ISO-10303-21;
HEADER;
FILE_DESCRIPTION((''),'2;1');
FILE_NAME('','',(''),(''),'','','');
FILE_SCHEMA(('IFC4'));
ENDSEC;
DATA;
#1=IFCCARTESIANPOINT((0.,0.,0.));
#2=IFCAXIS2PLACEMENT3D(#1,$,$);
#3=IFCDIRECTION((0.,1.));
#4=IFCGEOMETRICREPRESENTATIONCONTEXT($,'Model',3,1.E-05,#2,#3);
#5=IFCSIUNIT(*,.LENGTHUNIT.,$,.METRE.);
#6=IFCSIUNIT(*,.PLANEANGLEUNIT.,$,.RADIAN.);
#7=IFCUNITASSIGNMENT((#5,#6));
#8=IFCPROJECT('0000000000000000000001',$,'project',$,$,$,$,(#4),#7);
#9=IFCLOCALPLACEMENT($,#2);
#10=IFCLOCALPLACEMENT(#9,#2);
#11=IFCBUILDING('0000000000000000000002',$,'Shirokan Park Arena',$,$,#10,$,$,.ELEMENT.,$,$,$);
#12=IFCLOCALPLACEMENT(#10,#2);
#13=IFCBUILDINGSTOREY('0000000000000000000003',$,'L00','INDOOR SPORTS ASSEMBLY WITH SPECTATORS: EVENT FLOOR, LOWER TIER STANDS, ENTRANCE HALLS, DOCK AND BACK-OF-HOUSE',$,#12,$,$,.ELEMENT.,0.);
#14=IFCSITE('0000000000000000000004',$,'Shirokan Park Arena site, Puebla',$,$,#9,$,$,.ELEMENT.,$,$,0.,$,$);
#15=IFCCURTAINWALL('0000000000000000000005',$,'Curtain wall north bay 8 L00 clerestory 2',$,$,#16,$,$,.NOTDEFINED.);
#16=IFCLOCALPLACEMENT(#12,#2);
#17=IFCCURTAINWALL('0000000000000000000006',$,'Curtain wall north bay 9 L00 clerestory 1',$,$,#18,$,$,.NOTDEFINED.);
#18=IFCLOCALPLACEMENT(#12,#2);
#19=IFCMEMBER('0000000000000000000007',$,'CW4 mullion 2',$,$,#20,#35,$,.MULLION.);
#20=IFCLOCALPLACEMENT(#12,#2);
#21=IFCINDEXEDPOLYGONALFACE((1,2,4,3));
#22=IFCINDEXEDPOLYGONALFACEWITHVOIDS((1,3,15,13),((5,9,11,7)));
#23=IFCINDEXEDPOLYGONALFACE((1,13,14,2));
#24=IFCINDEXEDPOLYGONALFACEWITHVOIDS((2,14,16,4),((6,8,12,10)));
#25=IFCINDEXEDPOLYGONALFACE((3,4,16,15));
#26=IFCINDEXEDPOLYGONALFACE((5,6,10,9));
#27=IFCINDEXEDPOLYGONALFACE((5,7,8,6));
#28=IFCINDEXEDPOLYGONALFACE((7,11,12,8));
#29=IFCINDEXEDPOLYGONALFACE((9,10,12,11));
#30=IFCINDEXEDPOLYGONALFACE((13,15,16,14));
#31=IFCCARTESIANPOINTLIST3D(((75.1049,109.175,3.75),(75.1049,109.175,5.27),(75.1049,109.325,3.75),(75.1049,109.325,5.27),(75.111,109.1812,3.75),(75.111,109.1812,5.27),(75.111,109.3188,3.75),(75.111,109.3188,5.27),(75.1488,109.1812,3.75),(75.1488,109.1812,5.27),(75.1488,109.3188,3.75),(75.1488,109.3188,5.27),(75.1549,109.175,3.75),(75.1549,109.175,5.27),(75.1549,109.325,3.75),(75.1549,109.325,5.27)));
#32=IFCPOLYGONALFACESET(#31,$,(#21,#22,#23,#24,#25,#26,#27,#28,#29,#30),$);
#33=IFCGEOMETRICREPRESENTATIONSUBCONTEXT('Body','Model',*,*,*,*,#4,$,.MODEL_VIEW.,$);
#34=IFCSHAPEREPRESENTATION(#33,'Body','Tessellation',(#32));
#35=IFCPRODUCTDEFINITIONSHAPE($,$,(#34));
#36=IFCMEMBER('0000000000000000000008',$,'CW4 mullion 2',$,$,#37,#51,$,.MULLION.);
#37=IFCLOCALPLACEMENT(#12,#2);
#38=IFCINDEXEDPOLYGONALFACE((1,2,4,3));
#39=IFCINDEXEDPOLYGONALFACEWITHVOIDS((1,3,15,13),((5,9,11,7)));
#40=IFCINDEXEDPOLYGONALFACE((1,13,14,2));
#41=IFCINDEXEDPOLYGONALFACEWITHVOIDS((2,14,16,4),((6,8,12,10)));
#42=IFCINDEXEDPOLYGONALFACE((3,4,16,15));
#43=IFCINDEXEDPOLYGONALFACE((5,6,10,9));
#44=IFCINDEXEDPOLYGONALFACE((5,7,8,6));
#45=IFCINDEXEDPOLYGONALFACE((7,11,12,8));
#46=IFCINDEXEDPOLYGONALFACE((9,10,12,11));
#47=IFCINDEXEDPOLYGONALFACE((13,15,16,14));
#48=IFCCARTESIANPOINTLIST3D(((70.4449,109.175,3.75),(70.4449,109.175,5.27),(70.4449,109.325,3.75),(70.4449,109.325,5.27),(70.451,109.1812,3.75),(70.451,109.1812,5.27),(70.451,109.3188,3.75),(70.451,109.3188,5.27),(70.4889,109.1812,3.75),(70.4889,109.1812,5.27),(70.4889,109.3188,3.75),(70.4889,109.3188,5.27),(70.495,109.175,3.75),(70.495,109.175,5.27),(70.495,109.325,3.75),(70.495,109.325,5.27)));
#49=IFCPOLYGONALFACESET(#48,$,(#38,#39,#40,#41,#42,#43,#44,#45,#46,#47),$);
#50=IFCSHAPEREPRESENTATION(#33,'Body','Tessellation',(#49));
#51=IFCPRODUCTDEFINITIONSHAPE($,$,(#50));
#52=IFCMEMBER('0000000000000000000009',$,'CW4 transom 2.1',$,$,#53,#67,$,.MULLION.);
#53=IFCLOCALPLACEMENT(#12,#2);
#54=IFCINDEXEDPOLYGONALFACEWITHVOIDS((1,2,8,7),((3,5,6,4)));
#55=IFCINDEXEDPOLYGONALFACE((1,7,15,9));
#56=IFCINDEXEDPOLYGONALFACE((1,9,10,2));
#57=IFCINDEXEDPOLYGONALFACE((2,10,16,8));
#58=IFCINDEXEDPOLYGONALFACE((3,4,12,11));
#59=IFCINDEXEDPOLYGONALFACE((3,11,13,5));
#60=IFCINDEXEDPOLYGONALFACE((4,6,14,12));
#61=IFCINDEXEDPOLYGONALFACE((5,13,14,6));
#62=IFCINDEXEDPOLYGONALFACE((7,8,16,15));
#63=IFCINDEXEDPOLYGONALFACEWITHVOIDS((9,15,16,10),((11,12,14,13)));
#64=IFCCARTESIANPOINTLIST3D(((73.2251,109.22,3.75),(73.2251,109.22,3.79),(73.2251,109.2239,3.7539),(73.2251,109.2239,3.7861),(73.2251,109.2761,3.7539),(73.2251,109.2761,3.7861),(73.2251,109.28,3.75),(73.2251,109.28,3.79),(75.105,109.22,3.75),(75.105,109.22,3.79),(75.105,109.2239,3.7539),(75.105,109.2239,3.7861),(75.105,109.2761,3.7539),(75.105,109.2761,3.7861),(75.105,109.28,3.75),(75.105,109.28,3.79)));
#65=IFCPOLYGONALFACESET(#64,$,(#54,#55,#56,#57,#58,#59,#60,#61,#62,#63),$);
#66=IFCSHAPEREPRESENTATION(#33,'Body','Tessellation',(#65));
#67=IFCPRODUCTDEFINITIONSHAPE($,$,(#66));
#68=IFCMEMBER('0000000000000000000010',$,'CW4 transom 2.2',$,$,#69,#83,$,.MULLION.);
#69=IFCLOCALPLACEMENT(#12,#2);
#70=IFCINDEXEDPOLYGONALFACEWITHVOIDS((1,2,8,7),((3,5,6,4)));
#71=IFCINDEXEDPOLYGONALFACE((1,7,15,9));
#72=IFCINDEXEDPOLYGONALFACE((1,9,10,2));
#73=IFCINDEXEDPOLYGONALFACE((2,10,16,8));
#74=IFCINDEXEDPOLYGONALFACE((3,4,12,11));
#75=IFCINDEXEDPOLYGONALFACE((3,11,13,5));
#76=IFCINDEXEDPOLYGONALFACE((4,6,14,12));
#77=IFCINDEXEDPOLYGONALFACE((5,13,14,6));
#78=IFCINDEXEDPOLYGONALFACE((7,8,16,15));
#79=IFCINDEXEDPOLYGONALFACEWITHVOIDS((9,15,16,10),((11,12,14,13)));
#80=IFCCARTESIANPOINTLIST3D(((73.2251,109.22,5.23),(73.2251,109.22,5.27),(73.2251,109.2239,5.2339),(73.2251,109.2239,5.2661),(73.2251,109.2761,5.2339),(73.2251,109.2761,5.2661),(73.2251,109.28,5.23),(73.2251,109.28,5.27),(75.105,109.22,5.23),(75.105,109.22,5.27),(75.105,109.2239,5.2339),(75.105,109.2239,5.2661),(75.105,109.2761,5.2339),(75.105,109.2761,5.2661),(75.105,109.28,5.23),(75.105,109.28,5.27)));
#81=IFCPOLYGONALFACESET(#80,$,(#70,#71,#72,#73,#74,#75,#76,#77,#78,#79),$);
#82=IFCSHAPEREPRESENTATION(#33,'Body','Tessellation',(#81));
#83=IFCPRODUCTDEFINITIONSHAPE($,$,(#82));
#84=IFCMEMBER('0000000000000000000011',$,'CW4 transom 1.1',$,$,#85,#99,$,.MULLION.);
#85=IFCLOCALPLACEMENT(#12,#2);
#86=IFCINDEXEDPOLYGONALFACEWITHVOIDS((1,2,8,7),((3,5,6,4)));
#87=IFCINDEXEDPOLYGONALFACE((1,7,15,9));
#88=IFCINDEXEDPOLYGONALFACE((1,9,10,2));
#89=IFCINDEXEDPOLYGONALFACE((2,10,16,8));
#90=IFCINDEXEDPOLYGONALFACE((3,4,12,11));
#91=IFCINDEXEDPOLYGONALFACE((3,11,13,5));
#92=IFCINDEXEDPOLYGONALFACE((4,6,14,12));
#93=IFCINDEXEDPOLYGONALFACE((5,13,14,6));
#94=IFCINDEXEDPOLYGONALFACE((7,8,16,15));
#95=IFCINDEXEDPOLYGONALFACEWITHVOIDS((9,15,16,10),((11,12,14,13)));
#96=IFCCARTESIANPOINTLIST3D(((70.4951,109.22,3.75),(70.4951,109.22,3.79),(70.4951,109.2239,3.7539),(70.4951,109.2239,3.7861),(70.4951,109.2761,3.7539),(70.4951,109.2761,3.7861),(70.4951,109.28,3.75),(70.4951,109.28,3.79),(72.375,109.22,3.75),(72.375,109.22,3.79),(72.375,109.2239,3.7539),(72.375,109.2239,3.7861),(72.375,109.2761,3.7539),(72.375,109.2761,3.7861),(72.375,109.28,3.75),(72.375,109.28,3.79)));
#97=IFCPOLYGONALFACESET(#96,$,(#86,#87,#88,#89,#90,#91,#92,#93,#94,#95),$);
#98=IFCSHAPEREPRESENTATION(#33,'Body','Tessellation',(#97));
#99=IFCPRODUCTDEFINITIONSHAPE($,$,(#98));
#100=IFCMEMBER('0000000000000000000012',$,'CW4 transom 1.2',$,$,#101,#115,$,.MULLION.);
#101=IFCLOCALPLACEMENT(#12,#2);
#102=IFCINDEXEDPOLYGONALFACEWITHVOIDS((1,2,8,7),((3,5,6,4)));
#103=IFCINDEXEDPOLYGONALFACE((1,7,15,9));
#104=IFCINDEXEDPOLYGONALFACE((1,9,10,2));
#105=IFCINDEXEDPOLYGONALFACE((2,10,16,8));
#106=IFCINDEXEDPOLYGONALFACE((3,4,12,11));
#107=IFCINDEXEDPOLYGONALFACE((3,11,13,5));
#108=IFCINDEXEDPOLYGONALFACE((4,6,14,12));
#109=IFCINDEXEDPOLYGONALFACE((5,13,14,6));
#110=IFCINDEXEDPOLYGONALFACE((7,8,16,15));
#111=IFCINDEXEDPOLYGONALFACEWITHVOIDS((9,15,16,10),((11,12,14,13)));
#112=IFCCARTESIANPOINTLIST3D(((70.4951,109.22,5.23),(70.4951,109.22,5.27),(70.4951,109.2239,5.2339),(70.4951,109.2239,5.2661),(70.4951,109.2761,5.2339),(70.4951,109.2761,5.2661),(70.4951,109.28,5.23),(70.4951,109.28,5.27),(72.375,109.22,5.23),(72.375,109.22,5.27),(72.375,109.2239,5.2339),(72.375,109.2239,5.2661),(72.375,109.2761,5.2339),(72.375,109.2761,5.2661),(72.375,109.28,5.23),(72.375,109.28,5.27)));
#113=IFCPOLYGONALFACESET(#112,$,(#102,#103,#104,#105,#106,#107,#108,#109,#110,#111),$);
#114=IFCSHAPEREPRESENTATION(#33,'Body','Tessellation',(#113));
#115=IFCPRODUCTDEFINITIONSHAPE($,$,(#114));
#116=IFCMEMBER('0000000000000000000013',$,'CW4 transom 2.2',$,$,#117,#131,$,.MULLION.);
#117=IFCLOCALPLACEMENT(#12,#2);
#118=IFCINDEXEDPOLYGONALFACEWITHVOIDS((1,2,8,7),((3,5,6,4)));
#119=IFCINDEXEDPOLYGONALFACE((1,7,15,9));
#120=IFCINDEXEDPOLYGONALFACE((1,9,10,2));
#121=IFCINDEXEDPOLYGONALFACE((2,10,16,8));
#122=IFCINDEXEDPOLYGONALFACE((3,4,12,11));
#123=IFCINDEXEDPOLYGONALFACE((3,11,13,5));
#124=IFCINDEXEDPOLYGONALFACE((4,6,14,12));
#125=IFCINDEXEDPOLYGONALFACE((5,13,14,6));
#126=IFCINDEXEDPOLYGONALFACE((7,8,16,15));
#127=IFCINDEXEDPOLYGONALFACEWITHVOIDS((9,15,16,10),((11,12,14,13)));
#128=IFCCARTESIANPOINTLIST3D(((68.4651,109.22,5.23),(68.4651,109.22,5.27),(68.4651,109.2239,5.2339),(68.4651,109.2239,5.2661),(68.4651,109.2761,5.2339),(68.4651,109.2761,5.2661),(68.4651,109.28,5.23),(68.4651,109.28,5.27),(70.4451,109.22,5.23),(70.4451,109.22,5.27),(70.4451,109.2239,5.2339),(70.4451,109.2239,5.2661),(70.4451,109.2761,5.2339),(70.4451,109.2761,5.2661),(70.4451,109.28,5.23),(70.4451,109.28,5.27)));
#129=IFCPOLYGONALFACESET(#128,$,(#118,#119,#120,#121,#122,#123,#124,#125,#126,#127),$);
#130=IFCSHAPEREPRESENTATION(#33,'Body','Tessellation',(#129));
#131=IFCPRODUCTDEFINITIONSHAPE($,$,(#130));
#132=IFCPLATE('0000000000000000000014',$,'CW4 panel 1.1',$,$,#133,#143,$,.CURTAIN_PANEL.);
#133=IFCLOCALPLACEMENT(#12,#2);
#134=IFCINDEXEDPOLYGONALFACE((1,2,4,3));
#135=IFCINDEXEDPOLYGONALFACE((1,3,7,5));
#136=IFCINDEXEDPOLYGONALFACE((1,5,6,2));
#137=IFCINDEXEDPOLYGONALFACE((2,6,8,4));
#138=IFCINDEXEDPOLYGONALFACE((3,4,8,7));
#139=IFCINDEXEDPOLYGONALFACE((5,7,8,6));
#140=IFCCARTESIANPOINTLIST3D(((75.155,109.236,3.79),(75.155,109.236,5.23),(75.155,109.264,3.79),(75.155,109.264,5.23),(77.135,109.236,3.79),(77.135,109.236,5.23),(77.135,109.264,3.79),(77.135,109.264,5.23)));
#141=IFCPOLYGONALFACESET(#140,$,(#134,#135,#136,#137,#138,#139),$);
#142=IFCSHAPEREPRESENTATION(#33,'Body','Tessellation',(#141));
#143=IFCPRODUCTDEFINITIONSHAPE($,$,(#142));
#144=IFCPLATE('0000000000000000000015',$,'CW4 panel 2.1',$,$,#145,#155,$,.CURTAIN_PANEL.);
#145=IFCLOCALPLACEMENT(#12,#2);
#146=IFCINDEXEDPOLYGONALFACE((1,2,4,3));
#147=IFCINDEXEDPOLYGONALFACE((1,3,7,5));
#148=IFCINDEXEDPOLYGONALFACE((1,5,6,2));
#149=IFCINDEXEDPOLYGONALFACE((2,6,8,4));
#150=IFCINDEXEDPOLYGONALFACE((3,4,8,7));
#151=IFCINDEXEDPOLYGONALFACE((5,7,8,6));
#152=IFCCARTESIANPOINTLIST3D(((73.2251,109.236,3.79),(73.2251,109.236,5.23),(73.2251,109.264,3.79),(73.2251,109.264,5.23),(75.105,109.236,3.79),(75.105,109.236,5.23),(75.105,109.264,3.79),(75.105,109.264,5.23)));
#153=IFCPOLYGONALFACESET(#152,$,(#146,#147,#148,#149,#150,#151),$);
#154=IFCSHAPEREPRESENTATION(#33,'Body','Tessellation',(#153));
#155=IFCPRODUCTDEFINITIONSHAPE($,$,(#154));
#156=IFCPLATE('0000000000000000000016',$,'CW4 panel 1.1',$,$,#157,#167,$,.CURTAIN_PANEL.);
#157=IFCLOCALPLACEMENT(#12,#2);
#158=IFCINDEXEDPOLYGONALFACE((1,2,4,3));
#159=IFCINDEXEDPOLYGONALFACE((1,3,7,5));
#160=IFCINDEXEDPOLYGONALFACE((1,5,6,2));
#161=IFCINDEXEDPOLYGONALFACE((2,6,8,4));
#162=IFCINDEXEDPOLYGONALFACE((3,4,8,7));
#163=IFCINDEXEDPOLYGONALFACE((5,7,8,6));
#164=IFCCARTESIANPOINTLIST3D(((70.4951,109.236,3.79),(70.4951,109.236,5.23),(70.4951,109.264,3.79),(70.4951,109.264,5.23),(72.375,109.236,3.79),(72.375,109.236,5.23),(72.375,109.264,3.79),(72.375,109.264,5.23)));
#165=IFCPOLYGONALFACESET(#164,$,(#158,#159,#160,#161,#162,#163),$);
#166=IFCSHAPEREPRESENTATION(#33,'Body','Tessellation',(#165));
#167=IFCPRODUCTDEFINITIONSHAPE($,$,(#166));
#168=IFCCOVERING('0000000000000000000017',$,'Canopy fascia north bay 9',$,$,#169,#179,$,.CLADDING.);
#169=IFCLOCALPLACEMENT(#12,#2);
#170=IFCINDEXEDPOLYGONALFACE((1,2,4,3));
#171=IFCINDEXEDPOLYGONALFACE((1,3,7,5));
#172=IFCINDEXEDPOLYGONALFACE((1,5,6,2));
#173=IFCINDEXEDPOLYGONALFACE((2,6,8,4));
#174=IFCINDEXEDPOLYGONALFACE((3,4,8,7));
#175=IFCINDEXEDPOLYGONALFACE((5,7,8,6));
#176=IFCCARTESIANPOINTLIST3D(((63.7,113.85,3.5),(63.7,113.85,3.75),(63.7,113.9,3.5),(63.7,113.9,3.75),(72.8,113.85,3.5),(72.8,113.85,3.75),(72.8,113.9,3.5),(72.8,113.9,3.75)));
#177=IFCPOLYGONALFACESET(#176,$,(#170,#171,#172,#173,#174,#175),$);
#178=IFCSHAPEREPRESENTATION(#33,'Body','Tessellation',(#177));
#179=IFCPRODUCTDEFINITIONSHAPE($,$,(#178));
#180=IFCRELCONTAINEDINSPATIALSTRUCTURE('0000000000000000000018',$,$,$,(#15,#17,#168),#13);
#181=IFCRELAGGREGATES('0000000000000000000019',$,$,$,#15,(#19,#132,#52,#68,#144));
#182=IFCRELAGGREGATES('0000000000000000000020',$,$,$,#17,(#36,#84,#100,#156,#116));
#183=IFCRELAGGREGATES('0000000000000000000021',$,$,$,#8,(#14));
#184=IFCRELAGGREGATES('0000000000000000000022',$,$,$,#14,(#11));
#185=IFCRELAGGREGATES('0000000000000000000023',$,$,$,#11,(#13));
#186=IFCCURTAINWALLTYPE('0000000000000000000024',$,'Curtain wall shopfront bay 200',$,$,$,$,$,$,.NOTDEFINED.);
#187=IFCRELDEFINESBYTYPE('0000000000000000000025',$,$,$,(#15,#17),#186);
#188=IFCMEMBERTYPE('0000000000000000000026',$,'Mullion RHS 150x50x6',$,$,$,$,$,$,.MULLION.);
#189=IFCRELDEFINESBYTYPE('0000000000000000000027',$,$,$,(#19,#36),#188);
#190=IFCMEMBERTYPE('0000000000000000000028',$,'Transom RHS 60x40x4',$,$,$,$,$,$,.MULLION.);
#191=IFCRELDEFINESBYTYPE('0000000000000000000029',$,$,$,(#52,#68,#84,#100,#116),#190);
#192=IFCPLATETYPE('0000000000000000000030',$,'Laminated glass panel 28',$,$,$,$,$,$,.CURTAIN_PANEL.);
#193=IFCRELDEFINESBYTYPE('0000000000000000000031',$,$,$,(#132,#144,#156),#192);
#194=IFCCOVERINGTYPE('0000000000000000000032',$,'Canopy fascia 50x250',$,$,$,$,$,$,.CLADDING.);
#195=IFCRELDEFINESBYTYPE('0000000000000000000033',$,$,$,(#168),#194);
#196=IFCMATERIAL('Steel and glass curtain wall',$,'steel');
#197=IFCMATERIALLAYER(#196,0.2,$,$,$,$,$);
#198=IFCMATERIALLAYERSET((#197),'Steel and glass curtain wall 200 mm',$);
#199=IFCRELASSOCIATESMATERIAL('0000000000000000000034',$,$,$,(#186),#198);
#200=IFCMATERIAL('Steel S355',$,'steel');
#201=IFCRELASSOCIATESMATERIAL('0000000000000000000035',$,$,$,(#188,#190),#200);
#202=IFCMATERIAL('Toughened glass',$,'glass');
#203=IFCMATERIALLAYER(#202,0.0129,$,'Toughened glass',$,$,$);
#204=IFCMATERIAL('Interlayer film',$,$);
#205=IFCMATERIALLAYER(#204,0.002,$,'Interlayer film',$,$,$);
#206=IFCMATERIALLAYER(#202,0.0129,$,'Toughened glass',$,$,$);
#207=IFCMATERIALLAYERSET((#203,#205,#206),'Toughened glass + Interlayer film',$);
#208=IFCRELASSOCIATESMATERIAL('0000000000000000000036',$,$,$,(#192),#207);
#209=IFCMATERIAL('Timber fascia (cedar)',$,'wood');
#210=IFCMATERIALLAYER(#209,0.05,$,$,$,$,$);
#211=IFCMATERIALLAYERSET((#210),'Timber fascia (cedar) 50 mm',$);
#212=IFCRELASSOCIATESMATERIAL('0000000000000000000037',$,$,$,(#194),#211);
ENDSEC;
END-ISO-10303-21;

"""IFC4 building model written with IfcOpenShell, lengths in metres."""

from ifc_helpers import new_model, si_unit, direction, frame, origin, origin_2d, place, context, subcontext, project, spatial, rectangle, hollow_rectangle, extrude, material, layer, layer_set, material_profile, profile_set, type_object, element, aggregate, save


model = new_model("IFC4")

# Units and contexts
model_context = context("Model", 3, precision=1e-05, world=origin(), true_north=direction((0.0, 1.0)))
body_context = subcontext(model_context, "Body", "Model", "MODEL_VIEW")
ifc_project = project(units=[si_unit("LENGTHUNIT", "METRE"), si_unit("PLANEANGLEUNIT", "RADIAN")], contexts=[model_context])

# Site, building, storey
site_placement = place(None, origin())
site = spatial("IfcSite", under=ifc_project, at=site_placement, Name="Shirokan Park Arena site, Puebla", CompositionType="ELEMENT", RefElevation=0.0)
building_placement = place(site_placement, origin())
building = spatial("IfcBuilding", under=site, at=building_placement, Name="Shirokan Park Arena", CompositionType="ELEMENT")
storey_placement = place(building_placement, origin())
storey = spatial("IfcBuildingStorey", under=building, at=storey_placement, Name="L00", Description="INDOOR SPORTS ASSEMBLY WITH SPECTATORS: EVENT FLOOR, LOWER TIER STANDS, ENTRANCE HALLS, DOCK AND BACK-OF-HOUSE", CompositionType="ELEMENT", Elevation=0.0)

# Shared definitions
ifc_material_1 = material(Name="Steel S355", Category="steel")

# Curtain walls
ifc_material_2 = material(Name="Steel and glass curtain wall", Category="steel")
ifc_layer_1 = layer(ifc_material_2, 0.2)
ifc_layer_set_1 = layer_set([ifc_layer_1], Name="Steel and glass curtain wall 200 mm")
curtain_wall_type = type_object("IfcCurtainWallType", Name="Curtain wall shopfront bay 200", PredefinedType="NOTDEFINED", material=ifc_layer_set_1)
curtain_wall_1_placement = place(storey_placement, origin())
curtain_wall_1 = element("IfcCurtainWall", 1, at=curtain_wall_1_placement, inside=storey, type_object=curtain_wall_type, Name="Curtain wall north bay 8 L00 clerestory 2", PredefinedType="NOTDEFINED")
curtain_wall_2_placement = place(storey_placement, origin())
curtain_wall_2 = element("IfcCurtainWall", 2, at=curtain_wall_2_placement, inside=storey, type_object=curtain_wall_type, Name="Curtain wall north bay 9 L00 clerestory 1", PredefinedType="NOTDEFINED")

# Members
ifc_material_profile_1 = material_profile(ifc_material_1, hollow_rectangle(XDim=0.1499, YDim=0.05, WallThickness=0.0061, at=origin_2d()), Name="RHS 150x50x6")
ifc_profile_set_1 = profile_set([ifc_material_profile_1], Name="Steel S355")
member_type_1 = type_object("IfcMemberType", Name="Mullion RHS 150x50x6", PredefinedType="MULLION", material=ifc_profile_set_1)
member_1_placement = place(storey_placement, frame((75.1299, 109.25, 3.75), z_axis=(0.0, 0.0, 1.0), x_axis=(0.0, -1.0, 0.0)))
member_1 = element("IfcMember", 3, at=member_1_placement, type_object=member_type_1, Name="CW4 mullion 2", PredefinedType="MULLION", context=body_context, shape_type="SweptSolid", body=[
    extrude(hollow_rectangle(XDim=0.1499, YDim=0.05, WallThickness=0.0061, at=origin_2d()), origin(), (0.0, 0.0, 1.0), 1.52),
])
member_2_placement = place(storey_placement, frame((70.47, 109.25, 3.75), z_axis=(0.0, 0.0, 1.0), x_axis=(0.0, -1.0, 0.0)))
member_2 = element("IfcMember", 4, at=member_2_placement, type_object=member_type_1, Name="CW4 mullion 2", PredefinedType="MULLION", context=body_context, shape_type="SweptSolid", body=[
    extrude(hollow_rectangle(XDim=0.1499, YDim=0.05, WallThickness=0.0061, at=origin_2d()), origin(), (0.0, 0.0, 1.0), 1.52),
])
ifc_material_profile_2 = material_profile(ifc_material_1, hollow_rectangle(XDim=0.0601, YDim=0.04, WallThickness=0.0039, at=origin_2d()), Name="RHS 60x40x4")
ifc_profile_set_2 = profile_set([ifc_material_profile_2], Name="Steel S355")
member_type_2 = type_object("IfcMemberType", Name="Transom RHS 60x40x4", PredefinedType="MULLION", material=ifc_profile_set_2)
member_3_placement = place(storey_placement, frame((75.105, 109.25, 3.77), z_axis=(-1.0, 0.0, 0.0), x_axis=(0.0, -1.0, 0.0)))
member_3 = element("IfcMember", 5, at=member_3_placement, type_object=member_type_2, Name="CW4 transom 2.1", PredefinedType="MULLION", context=body_context, shape_type="SweptSolid", body=[
    extrude(hollow_rectangle(XDim=0.0601, YDim=0.04, WallThickness=0.0039, at=origin_2d()), origin(), (0.0, 0.0, 1.0), 1.8799),
])
member_4_placement = place(storey_placement, frame((75.105, 109.25, 5.25), z_axis=(-1.0, 0.0, 0.0), x_axis=(0.0, -1.0, 0.0)))
member_4 = element("IfcMember", 6, at=member_4_placement, type_object=member_type_2, Name="CW4 transom 2.2", PredefinedType="MULLION", context=body_context, shape_type="SweptSolid", body=[
    extrude(hollow_rectangle(XDim=0.0601, YDim=0.04, WallThickness=0.0039, at=origin_2d()), origin(), (0.0, 0.0, 1.0), 1.8799),
])
member_5_placement = place(storey_placement, frame((72.375, 109.25, 3.77), z_axis=(-1.0, 0.0, 0.0), x_axis=(0.0, -1.0, 0.0)))
member_5 = element("IfcMember", 7, at=member_5_placement, type_object=member_type_2, Name="CW4 transom 1.1", PredefinedType="MULLION", context=body_context, shape_type="SweptSolid", body=[
    extrude(hollow_rectangle(XDim=0.0601, YDim=0.04, WallThickness=0.0039, at=origin_2d()), origin(), (0.0, 0.0, 1.0), 1.8799),
])
member_6_placement = place(storey_placement, frame((72.375, 109.25, 5.25), z_axis=(-1.0, 0.0, 0.0), x_axis=(0.0, -1.0, 0.0)))
member_6 = element("IfcMember", 8, at=member_6_placement, type_object=member_type_2, Name="CW4 transom 1.2", PredefinedType="MULLION", context=body_context, shape_type="SweptSolid", body=[
    extrude(hollow_rectangle(XDim=0.0601, YDim=0.04, WallThickness=0.0039, at=origin_2d()), origin(), (0.0, 0.0, 1.0), 1.8799),
])
member_7_placement = place(storey_placement, frame((70.4451, 109.25, 5.25), z_axis=(-1.0, 0.0, 0.0), x_axis=(0.0, -1.0, 0.0)))
member_7 = element("IfcMember", 9, at=member_7_placement, type_object=member_type_2, Name="CW4 transom 2.2", PredefinedType="MULLION", context=body_context, shape_type="SweptSolid", body=[
    extrude(hollow_rectangle(XDim=0.0601, YDim=0.04, WallThickness=0.0039, at=origin_2d()), origin(), (0.0, 0.0, 1.0), 1.98),
])

# Plates
ifc_material_3 = material(Name="Toughened glass", Category="glass")
ifc_layer_2 = layer(ifc_material_3, 0.0129, Name="Toughened glass")
ifc_material_4 = material(Name="Interlayer film")
ifc_layer_3 = layer(ifc_material_4, 0.002, Name="Interlayer film")
ifc_layer_4 = layer(ifc_material_3, 0.0129, Name="Toughened glass")
ifc_layer_set_2 = layer_set([ifc_layer_2, ifc_layer_3, ifc_layer_4], Name="Toughened glass + Interlayer film")
plate_type = type_object("IfcPlateType", Name="Laminated glass panel 28", PredefinedType="CURTAIN_PANEL", material=ifc_layer_set_2)
plate_1_placement = place(storey_placement, frame((76.145, 109.25, 3.79), z_axis=(0.0, 0.0, 1.0), x_axis=(-1.0, 0.0, 0.0)))
plate_1 = element("IfcPlate", 10, at=plate_1_placement, type_object=plate_type, Name="CW4 panel 1.1", PredefinedType="CURTAIN_PANEL", context=body_context, shape_type="SweptSolid", body=[
    extrude(rectangle(XDim=1.98, YDim=0.0281, at=origin_2d()), origin(), (0.0, 0.0, 1.0), 1.4399),
])
plate_2_placement = place(storey_placement, frame((74.165, 109.25, 3.79), z_axis=(0.0, 0.0, 1.0), x_axis=(-1.0, 0.0, 0.0)))
plate_2 = element("IfcPlate", 11, at=plate_2_placement, type_object=plate_type, Name="CW4 panel 2.1", PredefinedType="CURTAIN_PANEL", context=body_context, shape_type="SweptSolid", body=[
    extrude(rectangle(XDim=1.8799, YDim=0.0281, at=origin_2d()), origin(), (0.0, 0.0, 1.0), 1.4399),
])
aggregate(curtain_wall_1, [member_1, plate_1, member_3, member_4, plate_2])
plate_3_placement = place(storey_placement, frame((71.4351, 109.25, 3.79), z_axis=(0.0, 0.0, 1.0), x_axis=(-1.0, 0.0, 0.0)))
plate_3 = element("IfcPlate", 12, at=plate_3_placement, type_object=plate_type, Name="CW4 panel 1.1", PredefinedType="CURTAIN_PANEL", context=body_context, shape_type="SweptSolid", body=[
    extrude(rectangle(XDim=1.8799, YDim=0.0281, at=origin_2d()), origin(), (0.0, 0.0, 1.0), 1.4399),
])
aggregate(curtain_wall_2, [member_2, member_5, member_6, plate_3, member_7])

# Covering
ifc_material_5 = material(Name="Timber fascia (cedar)", Category="wood")
ifc_layer_5 = layer(ifc_material_5, 0.05)
ifc_layer_set_3 = layer_set([ifc_layer_5], Name="Timber fascia (cedar) 50 mm")
covering_type_1 = type_object("IfcCoveringType", Name="Canopy fascia 50x250", PredefinedType="CLADDING", material=ifc_layer_set_3)
covering_1_placement = place(storey_placement, frame((68.25, 113.875, 3.5), z_axis=(0.0, 0.0, 1.0), x_axis=(-1.0, 0.0, 0.0)))
element("IfcCovering", 13, at=covering_1_placement, inside=storey, type_object=covering_type_1, Name="Canopy fascia north bay 9", PredefinedType="CLADDING", context=body_context, shape_type="SweptSolid", body=[
    extrude(rectangle(XDim=9.1001, YDim=0.05, at=origin_2d()), origin(), (0.0, 0.0, 1.0), 0.25),
])

save(model, "model.ifc")
